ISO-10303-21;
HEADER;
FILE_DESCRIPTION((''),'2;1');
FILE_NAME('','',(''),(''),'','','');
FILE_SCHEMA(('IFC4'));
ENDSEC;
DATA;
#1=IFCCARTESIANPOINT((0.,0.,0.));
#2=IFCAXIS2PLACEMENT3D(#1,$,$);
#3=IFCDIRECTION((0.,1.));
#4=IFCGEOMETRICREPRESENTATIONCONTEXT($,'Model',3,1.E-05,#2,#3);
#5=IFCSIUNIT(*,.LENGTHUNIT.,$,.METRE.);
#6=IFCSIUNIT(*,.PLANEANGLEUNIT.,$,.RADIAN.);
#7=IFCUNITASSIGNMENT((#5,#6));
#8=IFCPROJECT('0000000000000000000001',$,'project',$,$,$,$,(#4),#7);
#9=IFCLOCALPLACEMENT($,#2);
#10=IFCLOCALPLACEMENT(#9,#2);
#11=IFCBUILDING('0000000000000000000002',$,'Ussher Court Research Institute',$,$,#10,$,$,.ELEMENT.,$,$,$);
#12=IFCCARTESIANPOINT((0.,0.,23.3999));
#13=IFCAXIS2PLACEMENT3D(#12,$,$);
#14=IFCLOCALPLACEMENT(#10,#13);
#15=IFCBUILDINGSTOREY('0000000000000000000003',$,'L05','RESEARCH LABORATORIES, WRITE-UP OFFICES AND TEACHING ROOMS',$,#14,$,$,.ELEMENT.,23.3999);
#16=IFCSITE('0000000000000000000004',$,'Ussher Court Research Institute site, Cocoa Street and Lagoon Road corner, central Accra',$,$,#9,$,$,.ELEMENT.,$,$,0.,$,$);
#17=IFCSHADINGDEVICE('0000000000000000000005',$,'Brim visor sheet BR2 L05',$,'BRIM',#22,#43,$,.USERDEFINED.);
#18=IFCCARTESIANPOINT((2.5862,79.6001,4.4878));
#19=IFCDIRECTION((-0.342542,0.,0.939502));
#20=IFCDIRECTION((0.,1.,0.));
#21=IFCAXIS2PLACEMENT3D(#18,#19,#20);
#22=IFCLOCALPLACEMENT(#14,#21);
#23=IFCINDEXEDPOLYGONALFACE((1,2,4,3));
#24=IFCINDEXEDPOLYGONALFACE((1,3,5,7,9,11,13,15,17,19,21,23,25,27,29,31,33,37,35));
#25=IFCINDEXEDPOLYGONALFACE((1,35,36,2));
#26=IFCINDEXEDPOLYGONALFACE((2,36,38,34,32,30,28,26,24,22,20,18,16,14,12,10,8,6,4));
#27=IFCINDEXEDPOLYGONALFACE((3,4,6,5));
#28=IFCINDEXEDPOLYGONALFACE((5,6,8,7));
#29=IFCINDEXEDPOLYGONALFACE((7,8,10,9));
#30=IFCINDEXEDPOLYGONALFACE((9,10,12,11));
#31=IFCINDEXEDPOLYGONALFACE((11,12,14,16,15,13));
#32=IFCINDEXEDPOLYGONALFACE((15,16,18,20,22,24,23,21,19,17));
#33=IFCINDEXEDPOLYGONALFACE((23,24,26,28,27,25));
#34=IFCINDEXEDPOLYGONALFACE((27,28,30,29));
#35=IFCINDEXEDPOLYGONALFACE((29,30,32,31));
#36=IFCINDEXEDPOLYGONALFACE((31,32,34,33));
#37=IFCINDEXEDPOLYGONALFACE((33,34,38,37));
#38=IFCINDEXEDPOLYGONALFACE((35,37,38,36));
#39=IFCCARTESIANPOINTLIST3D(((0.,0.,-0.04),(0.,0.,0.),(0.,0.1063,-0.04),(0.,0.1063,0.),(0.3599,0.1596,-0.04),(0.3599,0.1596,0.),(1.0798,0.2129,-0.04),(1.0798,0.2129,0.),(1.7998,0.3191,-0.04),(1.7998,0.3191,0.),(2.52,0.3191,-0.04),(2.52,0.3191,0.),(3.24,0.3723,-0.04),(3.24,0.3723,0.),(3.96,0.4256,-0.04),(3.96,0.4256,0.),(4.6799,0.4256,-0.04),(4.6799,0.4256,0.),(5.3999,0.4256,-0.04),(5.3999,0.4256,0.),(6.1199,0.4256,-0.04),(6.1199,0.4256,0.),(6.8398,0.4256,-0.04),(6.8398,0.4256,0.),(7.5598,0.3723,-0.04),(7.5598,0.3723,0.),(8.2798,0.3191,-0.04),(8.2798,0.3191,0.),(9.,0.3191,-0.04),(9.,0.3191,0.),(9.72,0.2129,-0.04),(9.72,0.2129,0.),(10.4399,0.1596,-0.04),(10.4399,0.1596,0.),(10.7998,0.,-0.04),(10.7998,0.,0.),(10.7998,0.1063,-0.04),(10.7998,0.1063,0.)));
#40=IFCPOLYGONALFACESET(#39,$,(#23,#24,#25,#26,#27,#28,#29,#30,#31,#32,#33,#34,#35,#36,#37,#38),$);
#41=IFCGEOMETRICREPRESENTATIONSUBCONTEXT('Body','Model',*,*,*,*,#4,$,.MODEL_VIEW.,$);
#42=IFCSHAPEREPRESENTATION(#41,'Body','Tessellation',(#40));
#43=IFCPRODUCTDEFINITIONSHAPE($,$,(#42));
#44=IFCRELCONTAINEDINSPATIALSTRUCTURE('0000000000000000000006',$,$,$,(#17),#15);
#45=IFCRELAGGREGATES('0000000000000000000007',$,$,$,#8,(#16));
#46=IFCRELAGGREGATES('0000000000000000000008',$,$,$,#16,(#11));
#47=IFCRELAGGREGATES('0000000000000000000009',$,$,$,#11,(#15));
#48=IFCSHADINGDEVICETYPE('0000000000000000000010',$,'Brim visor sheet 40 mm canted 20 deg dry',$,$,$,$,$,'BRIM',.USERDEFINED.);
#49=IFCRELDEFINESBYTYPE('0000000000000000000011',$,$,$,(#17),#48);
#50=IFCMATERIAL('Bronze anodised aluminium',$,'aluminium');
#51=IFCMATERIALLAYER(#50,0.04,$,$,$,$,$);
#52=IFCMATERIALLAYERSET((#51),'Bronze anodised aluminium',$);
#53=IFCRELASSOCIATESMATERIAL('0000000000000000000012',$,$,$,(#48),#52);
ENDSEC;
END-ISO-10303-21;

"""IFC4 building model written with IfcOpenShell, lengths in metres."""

from ifc_helpers import new_model, si_unit, direction, frame, origin, place, context, subcontext, project, spatial, polyline, outline, extrude, material, layer, layer_set, type_object, element, save


model = new_model("IFC4")

# Units and contexts
model_context = context("Model", 3, precision=1e-05, world=origin(), true_north=direction((0.0, 1.0)))
body_context = subcontext(model_context, "Body", "Model", "MODEL_VIEW")
ifc_project = project(units=[si_unit("LENGTHUNIT", "METRE"), si_unit("PLANEANGLEUNIT", "RADIAN")], contexts=[model_context])

# Site, building, storey
site_placement = place(None, origin())
site = spatial("IfcSite", under=ifc_project, at=site_placement, Name="Ussher Court Research Institute site, Cocoa Street and Lagoon Road corner, central Accra", CompositionType="ELEMENT", RefElevation=0.0)
building_placement = place(site_placement, origin())
building = spatial("IfcBuilding", under=site, at=building_placement, Name="Ussher Court Research Institute", CompositionType="ELEMENT")
storey_placement = place(building_placement, frame((0.0, 0.0, 23.3999)))
storey = spatial("IfcBuildingStorey", under=building, at=storey_placement, Name="L05", Description="RESEARCH LABORATORIES, WRITE-UP OFFICES AND TEACHING ROOMS", CompositionType="ELEMENT", Elevation=23.3999)

# Shading device
ifc_material_1 = material(Name="Bronze anodised aluminium", Category="aluminium")
ifc_layer_1 = layer(ifc_material_1, 0.04)
ifc_layer_set_1 = layer_set([ifc_layer_1], Name="Bronze anodised aluminium")
shading_device_type_1 = type_object("IfcShadingDeviceType", Name="Brim visor sheet 40 mm canted 20 deg dry", ElementType="BRIM", PredefinedType="USERDEFINED", material=ifc_layer_set_1)
shading_device_placement = place(storey_placement, frame((2.5862, 79.6001, 4.4878), z_axis=(-0.342542, 0.0, 0.939502), x_axis=(0.0, 1.0, 0.0)))
element("IfcShadingDevice", 1, at=shading_device_placement, inside=storey, type_object=shading_device_type_1, Name="Brim visor sheet BR2 L05", ObjectType="BRIM", PredefinedType="USERDEFINED", context=body_context, shape_type="SweptSolid", body=[
    extrude(outline(polyline([(0.0, 0.0), (10.7998, 0.0), (10.7998, 0.1063), (10.4399, 0.1596), (9.72, 0.2129), (9.0, 0.3191), (8.2798, 0.3191), (7.5598, 0.3723), (6.8398, 0.4256), (6.1199, 0.4256), (5.3999, 0.4256), (4.6799, 0.4256), (3.96, 0.4256), (3.24, 0.3723), (2.52, 0.3191), (1.7998, 0.3191), (1.0798, 0.2129), (0.3599, 0.1596), (0.0, 0.1063), (0.0, 0.0)])), origin(), (0.0, 0.0, -1.0), 0.04),
])

save(model, "model.ifc")
